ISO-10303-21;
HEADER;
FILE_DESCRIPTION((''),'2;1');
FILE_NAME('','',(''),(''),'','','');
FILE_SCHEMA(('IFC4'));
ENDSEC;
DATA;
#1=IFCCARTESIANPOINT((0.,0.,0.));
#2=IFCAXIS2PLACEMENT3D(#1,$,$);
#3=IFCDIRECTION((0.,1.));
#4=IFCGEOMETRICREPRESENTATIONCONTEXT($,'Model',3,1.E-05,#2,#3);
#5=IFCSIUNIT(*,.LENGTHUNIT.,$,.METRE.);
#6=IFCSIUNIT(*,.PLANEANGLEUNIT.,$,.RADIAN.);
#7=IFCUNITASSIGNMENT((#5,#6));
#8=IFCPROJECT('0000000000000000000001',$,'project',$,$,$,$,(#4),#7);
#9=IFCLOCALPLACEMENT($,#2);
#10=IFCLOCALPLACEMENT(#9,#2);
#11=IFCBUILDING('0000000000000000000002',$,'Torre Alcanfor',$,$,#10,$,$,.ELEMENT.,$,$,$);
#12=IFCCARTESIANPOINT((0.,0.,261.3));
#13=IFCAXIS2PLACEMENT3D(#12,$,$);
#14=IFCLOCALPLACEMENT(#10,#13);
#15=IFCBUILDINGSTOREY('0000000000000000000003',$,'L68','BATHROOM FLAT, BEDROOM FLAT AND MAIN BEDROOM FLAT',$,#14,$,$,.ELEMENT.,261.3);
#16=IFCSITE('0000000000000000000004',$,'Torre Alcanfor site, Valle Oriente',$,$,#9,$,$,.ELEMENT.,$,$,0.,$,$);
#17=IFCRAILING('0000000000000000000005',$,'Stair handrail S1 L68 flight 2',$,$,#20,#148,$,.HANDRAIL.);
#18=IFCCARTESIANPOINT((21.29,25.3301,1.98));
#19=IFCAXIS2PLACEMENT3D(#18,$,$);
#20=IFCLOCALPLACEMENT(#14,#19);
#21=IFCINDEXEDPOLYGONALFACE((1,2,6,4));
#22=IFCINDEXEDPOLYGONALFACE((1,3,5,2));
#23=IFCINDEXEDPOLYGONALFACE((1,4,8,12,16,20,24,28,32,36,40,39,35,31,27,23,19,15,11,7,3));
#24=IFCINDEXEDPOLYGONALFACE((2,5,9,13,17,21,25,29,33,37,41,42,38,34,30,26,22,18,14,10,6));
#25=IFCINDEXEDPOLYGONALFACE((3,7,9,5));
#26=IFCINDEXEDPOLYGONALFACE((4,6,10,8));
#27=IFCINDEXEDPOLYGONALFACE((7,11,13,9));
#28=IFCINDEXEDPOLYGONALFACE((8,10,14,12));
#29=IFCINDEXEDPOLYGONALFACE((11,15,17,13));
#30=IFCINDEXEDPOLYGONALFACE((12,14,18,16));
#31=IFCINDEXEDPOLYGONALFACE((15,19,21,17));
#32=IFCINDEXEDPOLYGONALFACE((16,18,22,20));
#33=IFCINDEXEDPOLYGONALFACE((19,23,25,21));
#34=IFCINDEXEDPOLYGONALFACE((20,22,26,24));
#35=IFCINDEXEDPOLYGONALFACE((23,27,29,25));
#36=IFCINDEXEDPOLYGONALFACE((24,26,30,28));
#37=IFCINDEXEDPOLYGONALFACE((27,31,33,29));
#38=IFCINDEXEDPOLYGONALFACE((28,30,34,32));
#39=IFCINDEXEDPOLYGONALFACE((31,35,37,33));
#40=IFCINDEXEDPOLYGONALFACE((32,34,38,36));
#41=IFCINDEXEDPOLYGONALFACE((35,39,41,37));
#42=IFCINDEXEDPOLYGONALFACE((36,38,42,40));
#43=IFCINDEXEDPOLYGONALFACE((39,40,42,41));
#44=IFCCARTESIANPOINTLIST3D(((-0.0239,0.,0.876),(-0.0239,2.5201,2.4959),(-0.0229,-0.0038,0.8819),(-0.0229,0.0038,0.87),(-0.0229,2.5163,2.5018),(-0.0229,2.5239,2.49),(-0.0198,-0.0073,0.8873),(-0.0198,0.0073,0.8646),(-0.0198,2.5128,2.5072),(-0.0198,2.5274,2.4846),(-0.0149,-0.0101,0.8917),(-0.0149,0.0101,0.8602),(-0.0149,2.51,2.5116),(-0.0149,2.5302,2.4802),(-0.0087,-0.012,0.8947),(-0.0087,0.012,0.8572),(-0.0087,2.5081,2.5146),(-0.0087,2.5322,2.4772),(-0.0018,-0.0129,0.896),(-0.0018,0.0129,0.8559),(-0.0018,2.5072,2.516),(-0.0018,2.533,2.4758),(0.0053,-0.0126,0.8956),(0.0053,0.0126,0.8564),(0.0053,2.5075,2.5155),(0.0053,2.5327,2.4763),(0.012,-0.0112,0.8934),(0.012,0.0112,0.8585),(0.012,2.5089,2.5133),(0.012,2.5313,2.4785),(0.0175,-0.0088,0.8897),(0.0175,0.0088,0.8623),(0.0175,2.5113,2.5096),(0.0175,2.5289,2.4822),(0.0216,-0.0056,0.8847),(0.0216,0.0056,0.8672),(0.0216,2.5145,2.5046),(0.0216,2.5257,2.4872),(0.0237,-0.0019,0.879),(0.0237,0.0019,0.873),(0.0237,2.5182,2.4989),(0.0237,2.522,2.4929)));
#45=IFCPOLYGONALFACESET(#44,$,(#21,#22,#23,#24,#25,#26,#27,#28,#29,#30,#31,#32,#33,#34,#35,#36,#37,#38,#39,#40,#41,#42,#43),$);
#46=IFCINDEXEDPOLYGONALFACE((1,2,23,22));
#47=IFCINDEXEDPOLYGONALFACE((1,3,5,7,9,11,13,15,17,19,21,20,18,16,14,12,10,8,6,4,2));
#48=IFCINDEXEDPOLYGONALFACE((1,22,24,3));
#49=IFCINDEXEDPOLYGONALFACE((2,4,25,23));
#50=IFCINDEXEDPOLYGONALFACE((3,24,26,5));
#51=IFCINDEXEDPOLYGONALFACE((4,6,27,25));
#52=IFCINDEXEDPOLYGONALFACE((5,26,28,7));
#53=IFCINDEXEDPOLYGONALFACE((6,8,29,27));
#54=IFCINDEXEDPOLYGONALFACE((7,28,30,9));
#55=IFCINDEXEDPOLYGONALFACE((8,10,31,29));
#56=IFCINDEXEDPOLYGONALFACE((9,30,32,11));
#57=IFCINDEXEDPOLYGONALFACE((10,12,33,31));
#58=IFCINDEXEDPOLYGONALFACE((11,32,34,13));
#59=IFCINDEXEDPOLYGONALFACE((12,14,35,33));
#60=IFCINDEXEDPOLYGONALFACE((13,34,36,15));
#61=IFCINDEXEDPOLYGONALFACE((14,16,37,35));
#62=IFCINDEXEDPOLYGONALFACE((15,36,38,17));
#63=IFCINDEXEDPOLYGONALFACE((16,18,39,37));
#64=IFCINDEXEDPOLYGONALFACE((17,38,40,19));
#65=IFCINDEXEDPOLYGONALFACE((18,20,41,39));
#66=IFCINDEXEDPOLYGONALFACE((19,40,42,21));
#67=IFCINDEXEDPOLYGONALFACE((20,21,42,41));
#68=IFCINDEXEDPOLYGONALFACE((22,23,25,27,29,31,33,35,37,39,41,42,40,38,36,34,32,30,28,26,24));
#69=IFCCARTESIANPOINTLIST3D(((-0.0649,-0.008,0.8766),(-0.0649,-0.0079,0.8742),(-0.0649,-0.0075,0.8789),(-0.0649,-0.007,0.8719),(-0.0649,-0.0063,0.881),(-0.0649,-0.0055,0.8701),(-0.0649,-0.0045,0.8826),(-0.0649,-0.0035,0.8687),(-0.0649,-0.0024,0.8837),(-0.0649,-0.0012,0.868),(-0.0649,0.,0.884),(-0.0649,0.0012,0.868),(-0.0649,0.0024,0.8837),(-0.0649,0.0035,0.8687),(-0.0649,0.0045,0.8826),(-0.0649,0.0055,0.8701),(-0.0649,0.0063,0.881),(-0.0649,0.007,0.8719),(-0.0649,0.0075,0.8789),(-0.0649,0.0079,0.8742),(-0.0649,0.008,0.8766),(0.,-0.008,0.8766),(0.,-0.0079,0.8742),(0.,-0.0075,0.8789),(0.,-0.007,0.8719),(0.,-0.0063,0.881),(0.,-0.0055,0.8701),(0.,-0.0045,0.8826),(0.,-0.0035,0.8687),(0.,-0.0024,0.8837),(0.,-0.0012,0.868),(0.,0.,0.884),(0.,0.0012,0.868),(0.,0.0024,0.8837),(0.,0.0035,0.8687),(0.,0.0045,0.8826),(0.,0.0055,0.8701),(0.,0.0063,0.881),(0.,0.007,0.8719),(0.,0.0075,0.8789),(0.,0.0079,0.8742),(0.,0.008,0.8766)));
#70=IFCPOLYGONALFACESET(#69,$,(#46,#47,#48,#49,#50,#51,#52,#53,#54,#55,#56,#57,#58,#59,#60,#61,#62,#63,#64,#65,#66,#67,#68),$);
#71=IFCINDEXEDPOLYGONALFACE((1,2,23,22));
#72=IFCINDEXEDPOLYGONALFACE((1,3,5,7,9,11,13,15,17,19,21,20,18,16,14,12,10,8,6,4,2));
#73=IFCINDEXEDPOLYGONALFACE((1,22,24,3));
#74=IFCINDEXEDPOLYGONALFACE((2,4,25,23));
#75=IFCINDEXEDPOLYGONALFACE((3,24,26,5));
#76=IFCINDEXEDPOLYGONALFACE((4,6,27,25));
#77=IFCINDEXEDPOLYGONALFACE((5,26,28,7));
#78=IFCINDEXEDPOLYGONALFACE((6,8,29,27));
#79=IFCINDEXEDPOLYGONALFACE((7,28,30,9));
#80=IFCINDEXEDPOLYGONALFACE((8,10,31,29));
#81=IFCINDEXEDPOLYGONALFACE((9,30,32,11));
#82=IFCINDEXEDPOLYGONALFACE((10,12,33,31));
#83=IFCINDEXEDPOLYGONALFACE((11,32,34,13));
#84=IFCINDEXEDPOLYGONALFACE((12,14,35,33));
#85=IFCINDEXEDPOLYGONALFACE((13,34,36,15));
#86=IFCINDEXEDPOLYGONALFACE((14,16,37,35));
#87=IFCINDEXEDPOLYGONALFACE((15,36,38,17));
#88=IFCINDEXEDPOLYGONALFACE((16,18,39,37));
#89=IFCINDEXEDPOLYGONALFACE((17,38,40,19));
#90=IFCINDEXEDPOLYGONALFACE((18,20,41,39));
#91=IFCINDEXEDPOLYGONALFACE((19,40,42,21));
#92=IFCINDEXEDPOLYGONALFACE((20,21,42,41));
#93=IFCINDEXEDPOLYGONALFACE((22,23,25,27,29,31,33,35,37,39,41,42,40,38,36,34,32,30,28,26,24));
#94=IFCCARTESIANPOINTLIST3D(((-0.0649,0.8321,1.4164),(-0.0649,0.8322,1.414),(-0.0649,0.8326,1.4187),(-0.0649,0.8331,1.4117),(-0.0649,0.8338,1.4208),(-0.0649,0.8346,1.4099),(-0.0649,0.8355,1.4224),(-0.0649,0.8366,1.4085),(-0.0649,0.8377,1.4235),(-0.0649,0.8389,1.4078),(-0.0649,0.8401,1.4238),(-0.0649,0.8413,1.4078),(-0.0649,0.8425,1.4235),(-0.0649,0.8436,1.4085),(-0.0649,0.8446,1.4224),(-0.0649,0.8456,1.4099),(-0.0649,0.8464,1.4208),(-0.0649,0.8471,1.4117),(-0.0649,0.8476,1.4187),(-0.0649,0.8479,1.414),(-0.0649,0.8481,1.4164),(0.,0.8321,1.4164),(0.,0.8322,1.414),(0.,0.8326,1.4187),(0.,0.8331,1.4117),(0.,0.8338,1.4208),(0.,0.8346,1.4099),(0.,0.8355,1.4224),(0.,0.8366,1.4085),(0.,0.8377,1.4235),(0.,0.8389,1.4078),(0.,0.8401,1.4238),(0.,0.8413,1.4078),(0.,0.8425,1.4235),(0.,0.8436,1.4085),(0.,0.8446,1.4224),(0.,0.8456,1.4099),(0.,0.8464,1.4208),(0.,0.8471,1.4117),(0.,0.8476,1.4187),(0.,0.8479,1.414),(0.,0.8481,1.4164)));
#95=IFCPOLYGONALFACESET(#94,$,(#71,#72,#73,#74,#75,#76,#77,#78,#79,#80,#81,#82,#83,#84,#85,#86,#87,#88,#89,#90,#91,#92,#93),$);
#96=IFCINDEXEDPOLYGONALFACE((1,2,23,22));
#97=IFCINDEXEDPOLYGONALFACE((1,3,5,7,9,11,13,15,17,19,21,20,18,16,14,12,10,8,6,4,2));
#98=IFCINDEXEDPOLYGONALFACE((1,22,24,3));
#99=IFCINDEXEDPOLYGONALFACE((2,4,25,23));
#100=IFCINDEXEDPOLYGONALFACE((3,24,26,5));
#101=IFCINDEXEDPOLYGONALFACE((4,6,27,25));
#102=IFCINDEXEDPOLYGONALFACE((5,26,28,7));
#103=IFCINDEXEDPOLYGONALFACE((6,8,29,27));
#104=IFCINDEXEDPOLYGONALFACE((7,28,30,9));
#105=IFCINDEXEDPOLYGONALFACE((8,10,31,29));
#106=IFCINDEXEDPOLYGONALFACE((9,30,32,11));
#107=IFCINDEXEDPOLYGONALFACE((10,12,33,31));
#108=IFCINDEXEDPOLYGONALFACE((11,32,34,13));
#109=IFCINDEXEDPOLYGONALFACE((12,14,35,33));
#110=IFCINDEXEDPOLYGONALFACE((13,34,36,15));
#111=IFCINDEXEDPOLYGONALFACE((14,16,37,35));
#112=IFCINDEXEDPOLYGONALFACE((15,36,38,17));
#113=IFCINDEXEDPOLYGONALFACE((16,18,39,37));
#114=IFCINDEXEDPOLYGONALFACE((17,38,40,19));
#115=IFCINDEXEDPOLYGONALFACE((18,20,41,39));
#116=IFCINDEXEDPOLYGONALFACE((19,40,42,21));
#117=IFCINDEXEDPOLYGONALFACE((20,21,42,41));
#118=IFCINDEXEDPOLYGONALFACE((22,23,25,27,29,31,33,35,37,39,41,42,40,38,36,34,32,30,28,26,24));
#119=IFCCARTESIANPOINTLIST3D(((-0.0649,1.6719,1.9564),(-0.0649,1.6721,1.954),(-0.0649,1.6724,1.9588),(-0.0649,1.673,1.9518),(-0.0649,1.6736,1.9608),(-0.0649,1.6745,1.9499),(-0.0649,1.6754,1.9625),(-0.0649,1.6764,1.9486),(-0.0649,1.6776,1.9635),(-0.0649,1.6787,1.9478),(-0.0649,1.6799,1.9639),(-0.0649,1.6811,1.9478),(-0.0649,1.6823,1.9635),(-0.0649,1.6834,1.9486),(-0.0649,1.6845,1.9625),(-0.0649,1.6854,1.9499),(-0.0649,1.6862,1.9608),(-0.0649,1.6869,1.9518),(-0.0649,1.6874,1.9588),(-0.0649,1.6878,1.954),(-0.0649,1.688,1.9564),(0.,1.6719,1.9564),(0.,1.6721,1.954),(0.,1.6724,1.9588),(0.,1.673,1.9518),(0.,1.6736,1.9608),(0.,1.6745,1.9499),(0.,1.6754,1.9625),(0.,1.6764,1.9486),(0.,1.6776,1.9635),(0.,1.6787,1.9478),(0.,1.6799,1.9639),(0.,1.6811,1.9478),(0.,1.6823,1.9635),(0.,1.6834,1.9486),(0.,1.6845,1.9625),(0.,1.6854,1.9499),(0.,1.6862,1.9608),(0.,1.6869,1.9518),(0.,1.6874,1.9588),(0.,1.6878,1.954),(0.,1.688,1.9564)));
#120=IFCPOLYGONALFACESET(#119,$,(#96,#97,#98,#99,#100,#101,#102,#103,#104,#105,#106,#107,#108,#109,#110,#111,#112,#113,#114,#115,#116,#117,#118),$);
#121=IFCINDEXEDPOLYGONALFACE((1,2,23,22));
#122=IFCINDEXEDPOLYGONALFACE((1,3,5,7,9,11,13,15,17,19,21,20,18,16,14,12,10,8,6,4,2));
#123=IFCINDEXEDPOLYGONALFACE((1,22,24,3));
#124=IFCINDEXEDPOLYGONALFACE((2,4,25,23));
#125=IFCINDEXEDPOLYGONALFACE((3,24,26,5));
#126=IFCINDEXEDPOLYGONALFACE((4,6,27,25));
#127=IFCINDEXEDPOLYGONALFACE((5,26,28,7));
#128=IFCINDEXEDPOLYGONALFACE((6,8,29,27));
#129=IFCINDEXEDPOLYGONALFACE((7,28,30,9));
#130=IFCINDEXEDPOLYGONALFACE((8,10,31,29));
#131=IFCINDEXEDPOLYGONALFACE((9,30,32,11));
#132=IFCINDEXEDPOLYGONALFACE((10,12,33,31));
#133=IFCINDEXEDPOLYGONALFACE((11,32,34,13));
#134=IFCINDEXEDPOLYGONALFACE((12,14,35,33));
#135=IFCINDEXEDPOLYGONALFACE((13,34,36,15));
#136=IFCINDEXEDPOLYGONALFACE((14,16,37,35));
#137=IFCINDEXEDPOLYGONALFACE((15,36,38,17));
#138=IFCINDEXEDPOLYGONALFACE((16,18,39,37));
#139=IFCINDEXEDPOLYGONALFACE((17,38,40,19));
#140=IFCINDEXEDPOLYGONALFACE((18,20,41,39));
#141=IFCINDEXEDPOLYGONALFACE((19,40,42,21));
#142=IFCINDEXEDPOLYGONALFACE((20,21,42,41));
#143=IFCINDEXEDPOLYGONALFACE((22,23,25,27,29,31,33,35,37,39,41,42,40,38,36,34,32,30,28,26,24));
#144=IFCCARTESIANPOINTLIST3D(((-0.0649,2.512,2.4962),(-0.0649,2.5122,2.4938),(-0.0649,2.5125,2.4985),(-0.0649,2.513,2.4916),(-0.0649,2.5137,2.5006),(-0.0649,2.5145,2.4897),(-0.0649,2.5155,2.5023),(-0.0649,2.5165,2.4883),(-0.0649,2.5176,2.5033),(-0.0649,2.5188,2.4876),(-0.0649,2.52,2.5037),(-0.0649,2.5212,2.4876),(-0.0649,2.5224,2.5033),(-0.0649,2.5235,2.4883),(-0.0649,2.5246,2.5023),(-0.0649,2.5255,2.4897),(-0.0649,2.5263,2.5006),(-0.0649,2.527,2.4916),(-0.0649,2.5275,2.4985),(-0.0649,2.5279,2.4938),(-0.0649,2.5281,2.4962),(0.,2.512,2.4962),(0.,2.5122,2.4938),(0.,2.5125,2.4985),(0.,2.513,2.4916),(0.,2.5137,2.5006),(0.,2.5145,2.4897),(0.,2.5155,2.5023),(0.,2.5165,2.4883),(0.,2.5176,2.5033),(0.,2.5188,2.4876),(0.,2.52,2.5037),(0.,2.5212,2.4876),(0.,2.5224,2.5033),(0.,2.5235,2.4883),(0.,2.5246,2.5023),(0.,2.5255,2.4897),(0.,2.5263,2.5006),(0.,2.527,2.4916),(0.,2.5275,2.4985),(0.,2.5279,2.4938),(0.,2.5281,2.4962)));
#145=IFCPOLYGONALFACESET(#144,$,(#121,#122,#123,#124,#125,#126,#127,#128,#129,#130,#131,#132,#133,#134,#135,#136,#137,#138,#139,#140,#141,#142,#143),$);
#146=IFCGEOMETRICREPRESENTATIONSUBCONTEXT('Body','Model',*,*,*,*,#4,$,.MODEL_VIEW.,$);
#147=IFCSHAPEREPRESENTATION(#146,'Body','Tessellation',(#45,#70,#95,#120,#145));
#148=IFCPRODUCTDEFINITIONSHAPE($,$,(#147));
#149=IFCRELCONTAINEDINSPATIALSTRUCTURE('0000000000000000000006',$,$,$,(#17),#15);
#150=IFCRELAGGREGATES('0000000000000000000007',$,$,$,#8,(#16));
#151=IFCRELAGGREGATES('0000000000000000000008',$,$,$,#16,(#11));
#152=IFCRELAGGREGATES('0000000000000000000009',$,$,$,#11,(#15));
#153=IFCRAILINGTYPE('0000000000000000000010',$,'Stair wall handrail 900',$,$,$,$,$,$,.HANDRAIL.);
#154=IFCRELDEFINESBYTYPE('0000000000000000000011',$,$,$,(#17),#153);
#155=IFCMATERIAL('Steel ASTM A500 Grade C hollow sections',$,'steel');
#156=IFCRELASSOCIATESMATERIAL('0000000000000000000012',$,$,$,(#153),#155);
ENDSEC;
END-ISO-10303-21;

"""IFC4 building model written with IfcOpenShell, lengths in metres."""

from ifc_helpers import new_model, si_unit, direction, frame, origin, origin_2d, place, context, subcontext, project, spatial, circle, extrude, material, type_object, element, save


model = new_model("IFC4")

# Units and contexts
model_context = context("Model", 3, precision=1e-05, world=origin(), true_north=direction((0.0, 1.0)))
body_context = subcontext(model_context, "Body", "Model", "MODEL_VIEW")
ifc_project = project(units=[si_unit("LENGTHUNIT", "METRE"), si_unit("PLANEANGLEUNIT", "RADIAN")], contexts=[model_context])

# Site, building, storey
site_placement = place(None, origin())
site = spatial("IfcSite", under=ifc_project, at=site_placement, Name="Torre Alcanfor site, Valle Oriente", CompositionType="ELEMENT", RefElevation=0.0)
building_placement = place(site_placement, origin())
building = spatial("IfcBuilding", under=site, at=building_placement, Name="Torre Alcanfor", CompositionType="ELEMENT")
storey_placement = place(building_placement, frame((0.0, 0.0, 261.3)))
storey = spatial("IfcBuildingStorey", under=building, at=storey_placement, Name="L68", Description="BATHROOM FLAT, BEDROOM FLAT AND MAIN BEDROOM FLAT", CompositionType="ELEMENT", Elevation=261.3)

# Railing
ifc_material_1 = material(Name="Steel ASTM A500 Grade C hollow sections", Category="steel")
railing_type_1 = type_object("IfcRailingType", Name="Stair wall handrail 900", PredefinedType="HANDRAIL", material=ifc_material_1)
railing_1_placement = place(storey_placement, frame((21.29, 25.3301, 1.98)))
element("IfcRailing", 1, at=railing_1_placement, inside=storey, type_object=railing_type_1, Name="Stair handrail S1 L68 flight 2", PredefinedType="HANDRAIL", context=body_context, shape_type="SweptSolid", body=[
    extrude(circle(Radius=0.0239, at=origin_2d()), frame((0.0, 0.0, 0.876), z_axis=(0.0, 0.8412, 0.540725), x_axis=(-1.0, 0.0, 0.0)), (0.0, 0.0, 1.0), 2.9958),
    extrude(circle(Radius=0.0081, at=origin_2d()), frame((0.0, 0.0, 0.876), z_axis=(-1.0, 0.0, 0.0), x_axis=(0.0, 0.0, 1.0)), (0.0, 0.0, 1.0), 0.0649),
    extrude(circle(Radius=0.0081, at=origin_2d()), frame((0.0, 0.8401, 1.4158), z_axis=(-1.0, 0.0, 0.0), x_axis=(0.0, 0.0, 1.0)), (0.0, 0.0, 1.0), 0.0649),
    extrude(circle(Radius=0.0081, at=origin_2d()), frame((0.0, 1.6799, 1.9558), z_axis=(-1.0, 0.0, 0.0), x_axis=(0.0, 0.0, 1.0)), (0.0, 0.0, 1.0), 0.0649),
    extrude(circle(Radius=0.0081, at=origin_2d()), frame((0.0, 2.52, 2.4956), z_axis=(-1.0, 0.0, 0.0), x_axis=(0.0, 0.0, 1.0)), (0.0, 0.0, 1.0), 0.0649),
])

save(model, "model.ifc")
